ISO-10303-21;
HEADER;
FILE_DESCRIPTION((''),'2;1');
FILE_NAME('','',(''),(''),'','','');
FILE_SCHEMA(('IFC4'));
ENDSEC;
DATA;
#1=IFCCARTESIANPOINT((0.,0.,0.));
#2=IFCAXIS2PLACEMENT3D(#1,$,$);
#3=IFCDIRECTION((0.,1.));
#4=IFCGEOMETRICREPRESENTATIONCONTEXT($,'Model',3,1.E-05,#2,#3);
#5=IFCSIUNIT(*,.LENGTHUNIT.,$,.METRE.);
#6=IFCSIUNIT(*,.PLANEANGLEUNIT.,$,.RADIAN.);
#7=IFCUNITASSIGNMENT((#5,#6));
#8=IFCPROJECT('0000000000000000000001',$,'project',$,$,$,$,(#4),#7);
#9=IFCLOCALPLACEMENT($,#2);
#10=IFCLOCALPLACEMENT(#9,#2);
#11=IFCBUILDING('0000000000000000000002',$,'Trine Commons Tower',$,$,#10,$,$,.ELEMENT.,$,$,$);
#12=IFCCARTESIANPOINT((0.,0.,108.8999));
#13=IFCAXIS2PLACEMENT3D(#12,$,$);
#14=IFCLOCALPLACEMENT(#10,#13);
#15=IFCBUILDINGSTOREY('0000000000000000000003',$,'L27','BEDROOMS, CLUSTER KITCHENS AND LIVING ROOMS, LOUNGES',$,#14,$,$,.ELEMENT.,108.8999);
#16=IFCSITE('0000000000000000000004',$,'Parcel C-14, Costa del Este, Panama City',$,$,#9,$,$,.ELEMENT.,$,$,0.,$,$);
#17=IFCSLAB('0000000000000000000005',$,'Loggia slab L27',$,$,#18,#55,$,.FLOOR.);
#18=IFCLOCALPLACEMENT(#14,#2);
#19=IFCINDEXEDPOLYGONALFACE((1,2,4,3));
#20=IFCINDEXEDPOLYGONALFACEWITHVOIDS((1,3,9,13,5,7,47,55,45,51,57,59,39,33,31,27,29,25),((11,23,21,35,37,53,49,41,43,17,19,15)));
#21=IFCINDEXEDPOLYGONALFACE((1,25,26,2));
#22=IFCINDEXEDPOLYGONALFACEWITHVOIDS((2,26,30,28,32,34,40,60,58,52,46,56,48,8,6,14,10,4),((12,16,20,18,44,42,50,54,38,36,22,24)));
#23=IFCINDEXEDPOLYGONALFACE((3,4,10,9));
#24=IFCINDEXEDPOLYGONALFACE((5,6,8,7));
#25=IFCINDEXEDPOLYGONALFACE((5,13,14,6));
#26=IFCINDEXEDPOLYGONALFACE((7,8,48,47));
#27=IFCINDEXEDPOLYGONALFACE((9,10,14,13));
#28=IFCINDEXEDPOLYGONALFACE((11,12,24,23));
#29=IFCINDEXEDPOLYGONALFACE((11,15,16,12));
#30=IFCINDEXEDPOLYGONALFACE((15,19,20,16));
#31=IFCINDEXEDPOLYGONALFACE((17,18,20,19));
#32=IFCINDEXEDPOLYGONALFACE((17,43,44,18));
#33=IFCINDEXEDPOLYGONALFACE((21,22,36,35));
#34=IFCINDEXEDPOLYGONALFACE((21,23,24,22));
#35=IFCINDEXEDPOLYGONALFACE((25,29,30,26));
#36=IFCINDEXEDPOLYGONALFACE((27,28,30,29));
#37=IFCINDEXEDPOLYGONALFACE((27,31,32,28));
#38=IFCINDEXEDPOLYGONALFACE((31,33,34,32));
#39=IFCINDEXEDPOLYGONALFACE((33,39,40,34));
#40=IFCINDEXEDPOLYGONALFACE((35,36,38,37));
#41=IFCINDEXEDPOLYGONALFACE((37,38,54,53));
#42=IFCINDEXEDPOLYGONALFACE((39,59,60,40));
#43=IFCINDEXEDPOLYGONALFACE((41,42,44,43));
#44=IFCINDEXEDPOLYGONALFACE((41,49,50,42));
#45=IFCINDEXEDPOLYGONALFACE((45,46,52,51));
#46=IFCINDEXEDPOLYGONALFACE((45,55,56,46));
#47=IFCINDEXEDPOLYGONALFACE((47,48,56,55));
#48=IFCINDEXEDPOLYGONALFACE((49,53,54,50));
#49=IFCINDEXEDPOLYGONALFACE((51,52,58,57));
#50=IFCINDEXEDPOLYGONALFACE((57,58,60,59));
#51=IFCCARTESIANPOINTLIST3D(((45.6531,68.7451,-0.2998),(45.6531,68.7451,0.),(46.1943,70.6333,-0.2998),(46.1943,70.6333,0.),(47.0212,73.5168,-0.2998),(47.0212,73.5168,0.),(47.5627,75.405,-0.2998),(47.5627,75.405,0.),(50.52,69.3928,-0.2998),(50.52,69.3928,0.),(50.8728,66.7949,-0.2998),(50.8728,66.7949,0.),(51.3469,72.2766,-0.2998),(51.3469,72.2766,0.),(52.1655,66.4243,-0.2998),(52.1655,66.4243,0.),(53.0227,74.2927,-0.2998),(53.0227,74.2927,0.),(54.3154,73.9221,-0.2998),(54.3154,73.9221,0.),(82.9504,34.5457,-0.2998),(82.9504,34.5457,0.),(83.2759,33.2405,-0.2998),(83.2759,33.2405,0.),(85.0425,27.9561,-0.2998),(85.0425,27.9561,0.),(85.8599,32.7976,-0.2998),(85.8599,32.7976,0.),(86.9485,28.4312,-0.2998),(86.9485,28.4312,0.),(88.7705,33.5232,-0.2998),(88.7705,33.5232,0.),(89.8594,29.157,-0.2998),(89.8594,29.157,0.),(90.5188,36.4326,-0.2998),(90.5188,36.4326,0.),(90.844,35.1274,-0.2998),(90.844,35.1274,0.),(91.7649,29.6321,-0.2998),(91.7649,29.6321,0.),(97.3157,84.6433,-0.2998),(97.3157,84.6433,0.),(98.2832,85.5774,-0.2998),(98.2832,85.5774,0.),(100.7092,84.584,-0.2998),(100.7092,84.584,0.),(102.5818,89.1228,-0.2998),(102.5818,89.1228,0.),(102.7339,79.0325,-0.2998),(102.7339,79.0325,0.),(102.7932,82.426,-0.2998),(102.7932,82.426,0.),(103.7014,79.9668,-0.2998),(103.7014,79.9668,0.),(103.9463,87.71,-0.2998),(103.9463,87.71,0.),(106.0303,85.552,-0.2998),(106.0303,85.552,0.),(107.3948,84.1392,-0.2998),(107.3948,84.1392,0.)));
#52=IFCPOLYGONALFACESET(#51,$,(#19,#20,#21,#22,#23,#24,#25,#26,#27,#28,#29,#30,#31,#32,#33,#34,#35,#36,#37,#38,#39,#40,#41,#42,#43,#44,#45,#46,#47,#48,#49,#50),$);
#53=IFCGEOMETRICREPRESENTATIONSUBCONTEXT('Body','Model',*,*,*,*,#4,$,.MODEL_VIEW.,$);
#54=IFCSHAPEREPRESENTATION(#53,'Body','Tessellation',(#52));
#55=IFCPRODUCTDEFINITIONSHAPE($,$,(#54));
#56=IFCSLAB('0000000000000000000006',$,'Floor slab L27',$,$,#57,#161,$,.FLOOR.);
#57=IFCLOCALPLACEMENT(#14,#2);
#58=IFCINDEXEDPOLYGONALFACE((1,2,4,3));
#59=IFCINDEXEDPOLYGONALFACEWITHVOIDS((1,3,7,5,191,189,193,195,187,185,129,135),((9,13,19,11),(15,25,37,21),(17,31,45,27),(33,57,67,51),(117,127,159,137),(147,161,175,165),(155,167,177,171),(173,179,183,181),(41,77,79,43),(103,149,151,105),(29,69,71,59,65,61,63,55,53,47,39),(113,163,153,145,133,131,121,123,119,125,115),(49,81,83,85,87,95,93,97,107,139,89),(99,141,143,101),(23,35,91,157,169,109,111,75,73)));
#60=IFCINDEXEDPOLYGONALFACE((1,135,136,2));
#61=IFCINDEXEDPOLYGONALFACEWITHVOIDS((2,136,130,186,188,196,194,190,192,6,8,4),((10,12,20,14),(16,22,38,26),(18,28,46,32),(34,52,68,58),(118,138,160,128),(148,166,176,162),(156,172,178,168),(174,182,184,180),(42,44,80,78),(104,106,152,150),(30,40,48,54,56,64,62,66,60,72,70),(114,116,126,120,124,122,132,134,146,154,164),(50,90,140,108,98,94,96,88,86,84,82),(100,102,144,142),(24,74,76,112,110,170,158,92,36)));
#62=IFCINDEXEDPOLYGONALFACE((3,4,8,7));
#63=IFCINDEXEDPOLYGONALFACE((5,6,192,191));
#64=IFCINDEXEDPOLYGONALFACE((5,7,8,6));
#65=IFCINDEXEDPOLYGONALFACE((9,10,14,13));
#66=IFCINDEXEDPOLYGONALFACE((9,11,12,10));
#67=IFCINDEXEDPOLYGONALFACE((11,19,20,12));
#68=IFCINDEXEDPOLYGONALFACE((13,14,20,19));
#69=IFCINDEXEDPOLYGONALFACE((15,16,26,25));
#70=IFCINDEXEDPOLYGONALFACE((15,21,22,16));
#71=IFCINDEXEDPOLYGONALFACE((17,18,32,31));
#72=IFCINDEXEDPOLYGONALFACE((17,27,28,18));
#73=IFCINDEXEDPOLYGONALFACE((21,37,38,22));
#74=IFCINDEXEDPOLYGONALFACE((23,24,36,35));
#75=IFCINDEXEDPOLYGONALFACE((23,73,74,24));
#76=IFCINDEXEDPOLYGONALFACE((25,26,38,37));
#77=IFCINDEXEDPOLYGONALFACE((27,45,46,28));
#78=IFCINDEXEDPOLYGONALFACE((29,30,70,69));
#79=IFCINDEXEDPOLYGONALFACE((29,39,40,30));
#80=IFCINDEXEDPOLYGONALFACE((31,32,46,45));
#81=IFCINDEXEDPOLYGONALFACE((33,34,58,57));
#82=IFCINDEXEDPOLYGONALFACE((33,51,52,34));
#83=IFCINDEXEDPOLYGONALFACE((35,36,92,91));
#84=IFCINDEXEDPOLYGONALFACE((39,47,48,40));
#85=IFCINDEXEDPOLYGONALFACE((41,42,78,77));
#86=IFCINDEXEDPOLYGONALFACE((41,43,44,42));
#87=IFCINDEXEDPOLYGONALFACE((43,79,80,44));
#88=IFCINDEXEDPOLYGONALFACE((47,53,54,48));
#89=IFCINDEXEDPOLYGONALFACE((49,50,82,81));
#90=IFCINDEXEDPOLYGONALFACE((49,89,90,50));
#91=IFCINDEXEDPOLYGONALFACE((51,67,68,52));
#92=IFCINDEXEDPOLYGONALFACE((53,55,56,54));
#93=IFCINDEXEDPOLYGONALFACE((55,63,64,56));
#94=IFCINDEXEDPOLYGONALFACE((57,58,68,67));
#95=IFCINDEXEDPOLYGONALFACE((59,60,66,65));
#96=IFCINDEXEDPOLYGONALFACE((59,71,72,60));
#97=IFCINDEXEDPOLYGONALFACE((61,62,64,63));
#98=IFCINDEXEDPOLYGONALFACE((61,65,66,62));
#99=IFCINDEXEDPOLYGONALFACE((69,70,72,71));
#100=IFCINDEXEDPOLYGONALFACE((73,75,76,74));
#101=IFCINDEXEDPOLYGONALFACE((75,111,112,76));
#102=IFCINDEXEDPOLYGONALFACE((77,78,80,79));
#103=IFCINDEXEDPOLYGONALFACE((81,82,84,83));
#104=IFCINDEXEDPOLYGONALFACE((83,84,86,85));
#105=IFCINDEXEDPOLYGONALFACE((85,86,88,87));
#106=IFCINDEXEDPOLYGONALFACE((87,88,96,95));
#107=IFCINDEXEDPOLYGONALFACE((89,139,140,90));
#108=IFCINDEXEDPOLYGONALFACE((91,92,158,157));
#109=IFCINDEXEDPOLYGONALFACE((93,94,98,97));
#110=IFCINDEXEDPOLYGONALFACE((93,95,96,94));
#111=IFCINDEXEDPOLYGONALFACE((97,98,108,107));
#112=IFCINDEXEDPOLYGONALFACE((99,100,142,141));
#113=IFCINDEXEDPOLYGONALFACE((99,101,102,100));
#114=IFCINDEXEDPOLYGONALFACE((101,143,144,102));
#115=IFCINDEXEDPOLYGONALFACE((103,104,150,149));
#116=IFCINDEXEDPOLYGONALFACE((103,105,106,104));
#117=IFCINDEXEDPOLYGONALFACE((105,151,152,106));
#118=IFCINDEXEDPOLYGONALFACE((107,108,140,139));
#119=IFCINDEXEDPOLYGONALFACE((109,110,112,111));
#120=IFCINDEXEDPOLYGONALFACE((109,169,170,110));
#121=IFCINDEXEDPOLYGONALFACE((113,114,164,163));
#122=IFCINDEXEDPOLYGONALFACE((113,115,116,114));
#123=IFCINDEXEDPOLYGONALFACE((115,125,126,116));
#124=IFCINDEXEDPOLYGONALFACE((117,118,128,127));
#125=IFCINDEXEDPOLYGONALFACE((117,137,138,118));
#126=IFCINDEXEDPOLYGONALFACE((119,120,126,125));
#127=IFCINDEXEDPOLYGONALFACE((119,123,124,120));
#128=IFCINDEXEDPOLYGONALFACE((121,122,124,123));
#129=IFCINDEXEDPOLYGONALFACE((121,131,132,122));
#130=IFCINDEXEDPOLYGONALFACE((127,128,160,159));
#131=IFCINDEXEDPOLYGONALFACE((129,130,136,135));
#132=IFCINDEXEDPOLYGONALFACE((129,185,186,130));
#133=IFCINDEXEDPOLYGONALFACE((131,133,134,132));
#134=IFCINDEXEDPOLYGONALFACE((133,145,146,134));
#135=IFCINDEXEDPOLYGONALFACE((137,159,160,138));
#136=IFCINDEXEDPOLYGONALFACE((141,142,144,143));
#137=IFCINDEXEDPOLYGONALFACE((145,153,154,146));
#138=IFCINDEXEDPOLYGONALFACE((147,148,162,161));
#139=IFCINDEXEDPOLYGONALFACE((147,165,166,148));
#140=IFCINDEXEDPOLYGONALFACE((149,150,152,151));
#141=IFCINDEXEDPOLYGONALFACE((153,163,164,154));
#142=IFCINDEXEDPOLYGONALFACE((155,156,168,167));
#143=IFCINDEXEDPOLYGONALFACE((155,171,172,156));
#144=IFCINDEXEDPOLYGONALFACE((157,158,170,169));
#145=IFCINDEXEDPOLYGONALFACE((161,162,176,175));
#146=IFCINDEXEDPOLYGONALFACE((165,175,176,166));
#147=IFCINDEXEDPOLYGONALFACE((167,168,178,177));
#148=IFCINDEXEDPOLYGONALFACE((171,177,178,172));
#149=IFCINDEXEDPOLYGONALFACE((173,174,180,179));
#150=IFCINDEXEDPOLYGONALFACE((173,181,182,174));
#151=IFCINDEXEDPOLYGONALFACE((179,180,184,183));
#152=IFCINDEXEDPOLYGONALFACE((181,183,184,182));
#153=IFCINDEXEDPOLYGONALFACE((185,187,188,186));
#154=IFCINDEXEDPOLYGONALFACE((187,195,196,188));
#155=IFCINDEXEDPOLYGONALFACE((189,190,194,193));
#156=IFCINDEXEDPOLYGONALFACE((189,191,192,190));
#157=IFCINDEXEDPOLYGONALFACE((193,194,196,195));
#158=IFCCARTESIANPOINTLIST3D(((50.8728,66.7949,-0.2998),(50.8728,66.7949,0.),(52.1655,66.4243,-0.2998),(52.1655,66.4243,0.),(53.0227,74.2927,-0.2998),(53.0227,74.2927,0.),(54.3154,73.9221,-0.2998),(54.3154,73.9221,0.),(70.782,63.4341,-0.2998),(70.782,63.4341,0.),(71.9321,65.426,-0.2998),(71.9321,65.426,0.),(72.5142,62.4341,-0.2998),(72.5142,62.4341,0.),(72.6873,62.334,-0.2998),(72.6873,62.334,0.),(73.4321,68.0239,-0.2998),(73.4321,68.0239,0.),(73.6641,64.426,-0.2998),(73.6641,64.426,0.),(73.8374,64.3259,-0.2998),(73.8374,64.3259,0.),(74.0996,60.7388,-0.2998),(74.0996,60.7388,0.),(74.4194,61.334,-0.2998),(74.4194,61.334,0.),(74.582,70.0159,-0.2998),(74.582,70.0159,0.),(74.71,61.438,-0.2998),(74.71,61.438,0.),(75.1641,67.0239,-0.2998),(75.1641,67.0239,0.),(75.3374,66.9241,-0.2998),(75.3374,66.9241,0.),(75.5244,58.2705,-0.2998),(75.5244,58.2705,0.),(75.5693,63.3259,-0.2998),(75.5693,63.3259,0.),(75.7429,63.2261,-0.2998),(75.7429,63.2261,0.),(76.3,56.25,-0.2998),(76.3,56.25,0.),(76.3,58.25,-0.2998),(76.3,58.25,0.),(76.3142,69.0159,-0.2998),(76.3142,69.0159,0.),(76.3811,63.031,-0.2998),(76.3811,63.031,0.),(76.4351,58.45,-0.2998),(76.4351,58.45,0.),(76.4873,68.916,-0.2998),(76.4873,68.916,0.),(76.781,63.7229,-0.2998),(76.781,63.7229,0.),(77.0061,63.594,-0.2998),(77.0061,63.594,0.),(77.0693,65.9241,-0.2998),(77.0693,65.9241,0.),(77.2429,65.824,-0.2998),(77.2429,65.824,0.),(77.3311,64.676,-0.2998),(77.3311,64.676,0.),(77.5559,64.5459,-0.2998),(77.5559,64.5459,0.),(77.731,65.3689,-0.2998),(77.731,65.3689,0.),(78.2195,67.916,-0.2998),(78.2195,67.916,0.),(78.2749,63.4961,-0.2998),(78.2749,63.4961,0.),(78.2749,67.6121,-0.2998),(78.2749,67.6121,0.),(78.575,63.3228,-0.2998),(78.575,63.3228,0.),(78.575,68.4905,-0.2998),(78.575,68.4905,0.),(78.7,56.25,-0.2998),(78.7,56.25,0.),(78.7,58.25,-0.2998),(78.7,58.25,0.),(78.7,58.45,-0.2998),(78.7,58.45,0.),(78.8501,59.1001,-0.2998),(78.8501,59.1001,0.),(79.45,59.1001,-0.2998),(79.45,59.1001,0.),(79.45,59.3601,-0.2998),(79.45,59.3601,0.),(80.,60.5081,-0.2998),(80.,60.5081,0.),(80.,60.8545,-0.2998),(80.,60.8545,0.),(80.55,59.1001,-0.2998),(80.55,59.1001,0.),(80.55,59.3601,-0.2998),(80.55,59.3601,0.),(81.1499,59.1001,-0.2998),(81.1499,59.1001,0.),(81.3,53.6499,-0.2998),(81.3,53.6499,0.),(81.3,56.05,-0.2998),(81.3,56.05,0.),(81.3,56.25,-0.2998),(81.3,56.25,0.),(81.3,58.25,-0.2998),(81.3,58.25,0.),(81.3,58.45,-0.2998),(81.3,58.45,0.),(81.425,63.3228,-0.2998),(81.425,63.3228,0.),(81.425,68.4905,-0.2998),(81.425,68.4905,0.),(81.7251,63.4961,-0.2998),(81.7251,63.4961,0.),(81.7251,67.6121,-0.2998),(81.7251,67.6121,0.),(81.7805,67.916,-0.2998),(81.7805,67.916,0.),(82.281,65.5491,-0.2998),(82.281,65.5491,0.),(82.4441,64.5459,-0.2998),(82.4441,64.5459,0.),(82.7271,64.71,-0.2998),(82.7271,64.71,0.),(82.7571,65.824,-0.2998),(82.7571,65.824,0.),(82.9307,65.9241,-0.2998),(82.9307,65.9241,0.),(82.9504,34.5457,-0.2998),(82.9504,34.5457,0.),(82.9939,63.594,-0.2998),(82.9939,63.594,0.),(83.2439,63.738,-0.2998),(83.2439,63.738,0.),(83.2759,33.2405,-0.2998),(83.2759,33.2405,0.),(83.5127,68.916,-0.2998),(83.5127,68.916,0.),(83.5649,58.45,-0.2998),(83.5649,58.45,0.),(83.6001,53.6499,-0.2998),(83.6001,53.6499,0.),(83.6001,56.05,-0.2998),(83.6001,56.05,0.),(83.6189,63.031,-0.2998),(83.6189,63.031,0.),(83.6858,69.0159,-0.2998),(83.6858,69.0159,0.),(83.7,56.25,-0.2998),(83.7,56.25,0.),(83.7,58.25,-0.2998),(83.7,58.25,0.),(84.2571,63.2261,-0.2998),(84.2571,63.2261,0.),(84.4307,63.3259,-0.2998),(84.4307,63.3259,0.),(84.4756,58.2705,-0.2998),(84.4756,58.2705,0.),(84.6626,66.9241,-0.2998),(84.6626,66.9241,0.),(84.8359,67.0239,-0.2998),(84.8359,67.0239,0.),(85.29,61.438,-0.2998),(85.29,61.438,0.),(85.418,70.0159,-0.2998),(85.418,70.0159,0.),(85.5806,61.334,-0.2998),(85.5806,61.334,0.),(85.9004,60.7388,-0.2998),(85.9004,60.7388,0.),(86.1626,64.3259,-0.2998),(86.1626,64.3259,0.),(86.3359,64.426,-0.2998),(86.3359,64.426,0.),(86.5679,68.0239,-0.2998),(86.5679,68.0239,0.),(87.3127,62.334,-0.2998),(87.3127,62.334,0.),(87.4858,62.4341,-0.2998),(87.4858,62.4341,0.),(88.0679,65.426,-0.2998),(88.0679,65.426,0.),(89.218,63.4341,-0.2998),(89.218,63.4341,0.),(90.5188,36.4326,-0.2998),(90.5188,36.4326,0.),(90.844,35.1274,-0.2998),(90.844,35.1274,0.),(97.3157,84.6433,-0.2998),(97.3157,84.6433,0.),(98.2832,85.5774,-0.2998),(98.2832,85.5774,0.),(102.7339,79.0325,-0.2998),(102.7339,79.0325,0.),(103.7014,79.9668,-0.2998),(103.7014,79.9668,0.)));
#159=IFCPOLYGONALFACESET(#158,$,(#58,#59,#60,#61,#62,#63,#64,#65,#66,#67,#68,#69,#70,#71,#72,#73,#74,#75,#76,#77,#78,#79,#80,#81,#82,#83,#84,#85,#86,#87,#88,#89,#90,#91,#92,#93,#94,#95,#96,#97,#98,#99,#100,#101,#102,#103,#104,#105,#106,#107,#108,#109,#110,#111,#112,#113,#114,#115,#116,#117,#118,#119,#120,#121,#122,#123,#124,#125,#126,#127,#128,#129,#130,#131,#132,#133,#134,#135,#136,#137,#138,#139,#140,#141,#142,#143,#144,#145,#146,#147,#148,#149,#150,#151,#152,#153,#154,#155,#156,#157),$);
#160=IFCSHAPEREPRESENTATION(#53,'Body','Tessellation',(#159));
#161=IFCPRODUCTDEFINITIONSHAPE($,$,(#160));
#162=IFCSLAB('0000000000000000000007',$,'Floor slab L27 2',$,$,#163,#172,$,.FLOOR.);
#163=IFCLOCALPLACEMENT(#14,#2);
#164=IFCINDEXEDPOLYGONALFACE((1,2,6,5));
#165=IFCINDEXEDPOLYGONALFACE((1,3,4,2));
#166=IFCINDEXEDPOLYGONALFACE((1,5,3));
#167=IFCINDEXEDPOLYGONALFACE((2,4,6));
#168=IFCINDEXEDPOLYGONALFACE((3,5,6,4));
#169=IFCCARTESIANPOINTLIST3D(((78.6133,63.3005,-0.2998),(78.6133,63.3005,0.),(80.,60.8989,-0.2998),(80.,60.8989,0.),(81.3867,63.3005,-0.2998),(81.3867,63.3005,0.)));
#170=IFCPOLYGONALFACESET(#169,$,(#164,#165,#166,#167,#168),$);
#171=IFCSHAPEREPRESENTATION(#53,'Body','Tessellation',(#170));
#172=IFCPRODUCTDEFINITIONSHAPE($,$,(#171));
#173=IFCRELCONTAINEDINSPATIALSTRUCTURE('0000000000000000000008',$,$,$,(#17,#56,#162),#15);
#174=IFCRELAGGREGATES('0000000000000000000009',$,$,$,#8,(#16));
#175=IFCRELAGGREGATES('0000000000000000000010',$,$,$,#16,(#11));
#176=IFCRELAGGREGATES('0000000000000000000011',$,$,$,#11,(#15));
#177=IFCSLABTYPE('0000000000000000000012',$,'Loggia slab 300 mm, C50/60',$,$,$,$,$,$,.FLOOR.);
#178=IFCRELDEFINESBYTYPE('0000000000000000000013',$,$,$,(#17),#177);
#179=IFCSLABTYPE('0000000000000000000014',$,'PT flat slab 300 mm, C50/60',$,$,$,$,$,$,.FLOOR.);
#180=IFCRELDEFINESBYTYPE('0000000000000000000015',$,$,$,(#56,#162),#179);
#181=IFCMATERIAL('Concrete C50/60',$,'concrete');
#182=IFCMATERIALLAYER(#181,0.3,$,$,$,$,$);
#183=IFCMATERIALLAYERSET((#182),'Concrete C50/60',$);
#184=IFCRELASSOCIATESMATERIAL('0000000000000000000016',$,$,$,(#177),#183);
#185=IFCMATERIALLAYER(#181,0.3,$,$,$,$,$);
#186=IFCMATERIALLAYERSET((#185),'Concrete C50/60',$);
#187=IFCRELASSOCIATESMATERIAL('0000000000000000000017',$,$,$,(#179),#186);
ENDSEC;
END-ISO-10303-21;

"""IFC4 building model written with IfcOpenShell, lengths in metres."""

from ifc_helpers import new_model, si_unit, direction, frame, origin, place, context, subcontext, project, spatial, polyline, outline, extrude, material, layer, layer_set, type_object, element, save


model = new_model("IFC4")

# Units and contexts
model_context = context("Model", 3, precision=1e-05, world=origin(), true_north=direction((0.0, 1.0)))
body_context = subcontext(model_context, "Body", "Model", "MODEL_VIEW")
ifc_project = project(units=[si_unit("LENGTHUNIT", "METRE"), si_unit("PLANEANGLEUNIT", "RADIAN")], contexts=[model_context])

# Site, building, storey
site_placement = place(None, origin())
site = spatial("IfcSite", under=ifc_project, at=site_placement, Name="Parcel C-14, Costa del Este, Panama City", CompositionType="ELEMENT", RefElevation=0.0)
building_placement = place(site_placement, origin())
building = spatial("IfcBuilding", under=site, at=building_placement, Name="Trine Commons Tower", CompositionType="ELEMENT")
storey_placement = place(building_placement, frame((0.0, 0.0, 108.8999)))
storey = spatial("IfcBuildingStorey", under=building, at=storey_placement, Name="L27", Description="BEDROOMS, CLUSTER KITCHENS AND LIVING ROOMS, LOUNGES", CompositionType="ELEMENT", Elevation=108.8999)

# Slabs
ifc_material_1 = material(Name="Concrete C50/60", Category="concrete")
ifc_layer_1 = layer(ifc_material_1, 0.3)
ifc_layer_set_1 = layer_set([ifc_layer_1], Name="Concrete C50/60")
slab_type_1 = type_object("IfcSlabType", Name="Loggia slab 300 mm, C50/60", PredefinedType="FLOOR", material=ifc_layer_set_1)
slab_1_placement = place(storey_placement, frame((0.0, 0.0, -0.2998)))
element("IfcSlab", 1, at=slab_1_placement, inside=storey, type_object=slab_type_1, Name="Loggia slab L27", PredefinedType="FLOOR", context=body_context, shape_type="SweptSolid", body=[
    extrude(outline(polyline([(91.7649, 29.6321), (107.3948, 84.1392), (106.0303, 85.552), (102.7932, 82.426), (100.7092, 84.584), (103.9463, 87.71), (102.5818, 89.1228), (47.5627, 75.405), (47.0212, 73.5168), (51.3469, 72.2766), (50.52, 69.3928), (46.1943, 70.6333), (45.6531, 68.7451), (85.0425, 27.9561), (86.9485, 28.4312), (85.8599, 32.7976), (88.7705, 33.5232), (89.8594, 29.157), (91.7649, 29.6321)]), holes=[polyline([(83.2759, 33.2405), (82.9504, 34.5457), (90.5188, 36.4326), (90.844, 35.1274), (103.7014, 79.9668), (102.7339, 79.0325), (97.3157, 84.6433), (98.2832, 85.5774), (53.0227, 74.2927), (54.3154, 73.9221), (52.1655, 66.4243), (50.8728, 66.7949), (83.2759, 33.2405)])]), origin(), (0.0, 0.0, 1.0), 0.2998),
])
ifc_layer_2 = layer(ifc_material_1, 0.3)
ifc_layer_set_2 = layer_set([ifc_layer_2], Name="Concrete C50/60")
slab_type_2 = type_object("IfcSlabType", Name="PT flat slab 300 mm, C50/60", PredefinedType="FLOOR", material=ifc_layer_set_2)
slab_2_placement = place(storey_placement, frame((0.0, 0.0, -0.2998)))
element("IfcSlab", 2, at=slab_2_placement, inside=storey, type_object=slab_type_2, Name="Floor slab L27", PredefinedType="FLOOR", context=body_context, shape_type="SweptSolid", body=[
    extrude(outline(polyline([(50.8728, 66.7949), (83.2759, 33.2405), (82.9504, 34.5457), (90.5188, 36.4326), (90.844, 35.1274), (103.7014, 79.9668), (102.7339, 79.0325), (97.3157, 84.6433), (98.2832, 85.5774), (53.0227, 74.2927), (54.3154, 73.9221), (52.1655, 66.4243), (50.8728, 66.7949)]), holes=[polyline([(76.3, 56.25), (78.7, 56.25), (78.7, 58.25), (76.3, 58.25), (76.3, 56.25)]), polyline([(81.1499, 59.1001), (81.3, 58.45), (83.5649, 58.45), (80.0, 60.5081), (76.4351, 58.45), (78.7, 58.45), (78.8501, 59.1001), (79.45, 59.1001), (79.45, 59.3601), (80.55, 59.3601), (80.55, 59.1001), (81.1499, 59.1001)]), polyline([(80.0, 60.8545), (84.4756, 58.2705), (85.9004, 60.7388), (81.425, 63.3228), (81.425, 68.4905), (78.575, 68.4905), (78.575, 63.3228), (74.0996, 60.7388), (75.5244, 58.2705), (80.0, 60.8545)]), polyline([(73.8374, 64.3259), (72.6873, 62.334), (74.4194, 61.334), (75.5693, 63.3259), (73.8374, 64.3259)]), polyline([(71.9321, 65.426), (70.782, 63.4341), (72.5142, 62.4341), (73.6641, 64.426), (71.9321, 65.426)]), polyline([(76.781, 63.7229), (76.3811, 63.031), (75.7429, 63.2261), (74.71, 61.438), (78.2749, 63.4961), (78.2749, 67.6121), (77.2429, 65.824), (77.731, 65.3689), (77.3311, 64.676), (77.5559, 64.5459), (77.0061, 63.594), (76.781, 63.7229)]), polyline([(76.4873, 68.916), (75.3374, 66.9241), (77.0693, 65.9241), (78.2195, 67.916), (76.4873, 68.916)]), polyline([(74.582, 70.0159), (73.4321, 68.0239), (75.1641, 67.0239), (76.3142, 69.0159), (74.582, 70.0159)]), polyline([(81.3, 53.6499), (83.6001, 53.6499), (83.6001, 56.05), (81.3, 56.05), (81.3, 53.6499)]), polyline([(81.3, 56.25), (83.7, 56.25), (83.7, 58.25), (81.3, 58.25), (81.3, 56.25)]), polyline([(87.3127, 62.334), (86.1626, 64.3259), (84.4307, 63.3259), (85.5806, 61.334), (87.3127, 62.334)]), polyline([(89.218, 63.4341), (88.0679, 65.426), (86.3359, 64.426), (87.4858, 62.4341), (89.218, 63.4341)]), polyline([(83.2439, 63.738), (82.9939, 63.594), (82.4441, 64.5459), (82.7271, 64.71), (82.281, 65.5491), (82.7571, 65.824), (81.7251, 67.6121), (81.7251, 63.4961), (85.29, 61.438), (84.2571, 63.2261), (83.6189, 63.031), (83.2439, 63.738)]), polyline([(82.9307, 65.9241), (84.6626, 66.9241), (83.5127, 68.916), (81.7805, 67.916), (82.9307, 65.9241)]), polyline([(84.8359, 67.0239), (86.5679, 68.0239), (85.418, 70.0159), (83.6858, 69.0159), (84.8359, 67.0239)])]), origin(), (0.0, 0.0, 1.0), 0.2998),
])
slab_3_placement = place(storey_placement, frame((0.0, 0.0, -0.2998)))
element("IfcSlab", 3, at=slab_3_placement, inside=storey, type_object=slab_type_2, Name="Floor slab L27 2", PredefinedType="FLOOR", context=body_context, shape_type="SweptSolid", body=[
    extrude(outline(polyline([(78.6133, 63.3005), (80.0, 60.8989), (81.3867, 63.3005), (78.6133, 63.3005)])), origin(), (0.0, 0.0, 1.0), 0.2998),
])

save(model, "model.ifc")
